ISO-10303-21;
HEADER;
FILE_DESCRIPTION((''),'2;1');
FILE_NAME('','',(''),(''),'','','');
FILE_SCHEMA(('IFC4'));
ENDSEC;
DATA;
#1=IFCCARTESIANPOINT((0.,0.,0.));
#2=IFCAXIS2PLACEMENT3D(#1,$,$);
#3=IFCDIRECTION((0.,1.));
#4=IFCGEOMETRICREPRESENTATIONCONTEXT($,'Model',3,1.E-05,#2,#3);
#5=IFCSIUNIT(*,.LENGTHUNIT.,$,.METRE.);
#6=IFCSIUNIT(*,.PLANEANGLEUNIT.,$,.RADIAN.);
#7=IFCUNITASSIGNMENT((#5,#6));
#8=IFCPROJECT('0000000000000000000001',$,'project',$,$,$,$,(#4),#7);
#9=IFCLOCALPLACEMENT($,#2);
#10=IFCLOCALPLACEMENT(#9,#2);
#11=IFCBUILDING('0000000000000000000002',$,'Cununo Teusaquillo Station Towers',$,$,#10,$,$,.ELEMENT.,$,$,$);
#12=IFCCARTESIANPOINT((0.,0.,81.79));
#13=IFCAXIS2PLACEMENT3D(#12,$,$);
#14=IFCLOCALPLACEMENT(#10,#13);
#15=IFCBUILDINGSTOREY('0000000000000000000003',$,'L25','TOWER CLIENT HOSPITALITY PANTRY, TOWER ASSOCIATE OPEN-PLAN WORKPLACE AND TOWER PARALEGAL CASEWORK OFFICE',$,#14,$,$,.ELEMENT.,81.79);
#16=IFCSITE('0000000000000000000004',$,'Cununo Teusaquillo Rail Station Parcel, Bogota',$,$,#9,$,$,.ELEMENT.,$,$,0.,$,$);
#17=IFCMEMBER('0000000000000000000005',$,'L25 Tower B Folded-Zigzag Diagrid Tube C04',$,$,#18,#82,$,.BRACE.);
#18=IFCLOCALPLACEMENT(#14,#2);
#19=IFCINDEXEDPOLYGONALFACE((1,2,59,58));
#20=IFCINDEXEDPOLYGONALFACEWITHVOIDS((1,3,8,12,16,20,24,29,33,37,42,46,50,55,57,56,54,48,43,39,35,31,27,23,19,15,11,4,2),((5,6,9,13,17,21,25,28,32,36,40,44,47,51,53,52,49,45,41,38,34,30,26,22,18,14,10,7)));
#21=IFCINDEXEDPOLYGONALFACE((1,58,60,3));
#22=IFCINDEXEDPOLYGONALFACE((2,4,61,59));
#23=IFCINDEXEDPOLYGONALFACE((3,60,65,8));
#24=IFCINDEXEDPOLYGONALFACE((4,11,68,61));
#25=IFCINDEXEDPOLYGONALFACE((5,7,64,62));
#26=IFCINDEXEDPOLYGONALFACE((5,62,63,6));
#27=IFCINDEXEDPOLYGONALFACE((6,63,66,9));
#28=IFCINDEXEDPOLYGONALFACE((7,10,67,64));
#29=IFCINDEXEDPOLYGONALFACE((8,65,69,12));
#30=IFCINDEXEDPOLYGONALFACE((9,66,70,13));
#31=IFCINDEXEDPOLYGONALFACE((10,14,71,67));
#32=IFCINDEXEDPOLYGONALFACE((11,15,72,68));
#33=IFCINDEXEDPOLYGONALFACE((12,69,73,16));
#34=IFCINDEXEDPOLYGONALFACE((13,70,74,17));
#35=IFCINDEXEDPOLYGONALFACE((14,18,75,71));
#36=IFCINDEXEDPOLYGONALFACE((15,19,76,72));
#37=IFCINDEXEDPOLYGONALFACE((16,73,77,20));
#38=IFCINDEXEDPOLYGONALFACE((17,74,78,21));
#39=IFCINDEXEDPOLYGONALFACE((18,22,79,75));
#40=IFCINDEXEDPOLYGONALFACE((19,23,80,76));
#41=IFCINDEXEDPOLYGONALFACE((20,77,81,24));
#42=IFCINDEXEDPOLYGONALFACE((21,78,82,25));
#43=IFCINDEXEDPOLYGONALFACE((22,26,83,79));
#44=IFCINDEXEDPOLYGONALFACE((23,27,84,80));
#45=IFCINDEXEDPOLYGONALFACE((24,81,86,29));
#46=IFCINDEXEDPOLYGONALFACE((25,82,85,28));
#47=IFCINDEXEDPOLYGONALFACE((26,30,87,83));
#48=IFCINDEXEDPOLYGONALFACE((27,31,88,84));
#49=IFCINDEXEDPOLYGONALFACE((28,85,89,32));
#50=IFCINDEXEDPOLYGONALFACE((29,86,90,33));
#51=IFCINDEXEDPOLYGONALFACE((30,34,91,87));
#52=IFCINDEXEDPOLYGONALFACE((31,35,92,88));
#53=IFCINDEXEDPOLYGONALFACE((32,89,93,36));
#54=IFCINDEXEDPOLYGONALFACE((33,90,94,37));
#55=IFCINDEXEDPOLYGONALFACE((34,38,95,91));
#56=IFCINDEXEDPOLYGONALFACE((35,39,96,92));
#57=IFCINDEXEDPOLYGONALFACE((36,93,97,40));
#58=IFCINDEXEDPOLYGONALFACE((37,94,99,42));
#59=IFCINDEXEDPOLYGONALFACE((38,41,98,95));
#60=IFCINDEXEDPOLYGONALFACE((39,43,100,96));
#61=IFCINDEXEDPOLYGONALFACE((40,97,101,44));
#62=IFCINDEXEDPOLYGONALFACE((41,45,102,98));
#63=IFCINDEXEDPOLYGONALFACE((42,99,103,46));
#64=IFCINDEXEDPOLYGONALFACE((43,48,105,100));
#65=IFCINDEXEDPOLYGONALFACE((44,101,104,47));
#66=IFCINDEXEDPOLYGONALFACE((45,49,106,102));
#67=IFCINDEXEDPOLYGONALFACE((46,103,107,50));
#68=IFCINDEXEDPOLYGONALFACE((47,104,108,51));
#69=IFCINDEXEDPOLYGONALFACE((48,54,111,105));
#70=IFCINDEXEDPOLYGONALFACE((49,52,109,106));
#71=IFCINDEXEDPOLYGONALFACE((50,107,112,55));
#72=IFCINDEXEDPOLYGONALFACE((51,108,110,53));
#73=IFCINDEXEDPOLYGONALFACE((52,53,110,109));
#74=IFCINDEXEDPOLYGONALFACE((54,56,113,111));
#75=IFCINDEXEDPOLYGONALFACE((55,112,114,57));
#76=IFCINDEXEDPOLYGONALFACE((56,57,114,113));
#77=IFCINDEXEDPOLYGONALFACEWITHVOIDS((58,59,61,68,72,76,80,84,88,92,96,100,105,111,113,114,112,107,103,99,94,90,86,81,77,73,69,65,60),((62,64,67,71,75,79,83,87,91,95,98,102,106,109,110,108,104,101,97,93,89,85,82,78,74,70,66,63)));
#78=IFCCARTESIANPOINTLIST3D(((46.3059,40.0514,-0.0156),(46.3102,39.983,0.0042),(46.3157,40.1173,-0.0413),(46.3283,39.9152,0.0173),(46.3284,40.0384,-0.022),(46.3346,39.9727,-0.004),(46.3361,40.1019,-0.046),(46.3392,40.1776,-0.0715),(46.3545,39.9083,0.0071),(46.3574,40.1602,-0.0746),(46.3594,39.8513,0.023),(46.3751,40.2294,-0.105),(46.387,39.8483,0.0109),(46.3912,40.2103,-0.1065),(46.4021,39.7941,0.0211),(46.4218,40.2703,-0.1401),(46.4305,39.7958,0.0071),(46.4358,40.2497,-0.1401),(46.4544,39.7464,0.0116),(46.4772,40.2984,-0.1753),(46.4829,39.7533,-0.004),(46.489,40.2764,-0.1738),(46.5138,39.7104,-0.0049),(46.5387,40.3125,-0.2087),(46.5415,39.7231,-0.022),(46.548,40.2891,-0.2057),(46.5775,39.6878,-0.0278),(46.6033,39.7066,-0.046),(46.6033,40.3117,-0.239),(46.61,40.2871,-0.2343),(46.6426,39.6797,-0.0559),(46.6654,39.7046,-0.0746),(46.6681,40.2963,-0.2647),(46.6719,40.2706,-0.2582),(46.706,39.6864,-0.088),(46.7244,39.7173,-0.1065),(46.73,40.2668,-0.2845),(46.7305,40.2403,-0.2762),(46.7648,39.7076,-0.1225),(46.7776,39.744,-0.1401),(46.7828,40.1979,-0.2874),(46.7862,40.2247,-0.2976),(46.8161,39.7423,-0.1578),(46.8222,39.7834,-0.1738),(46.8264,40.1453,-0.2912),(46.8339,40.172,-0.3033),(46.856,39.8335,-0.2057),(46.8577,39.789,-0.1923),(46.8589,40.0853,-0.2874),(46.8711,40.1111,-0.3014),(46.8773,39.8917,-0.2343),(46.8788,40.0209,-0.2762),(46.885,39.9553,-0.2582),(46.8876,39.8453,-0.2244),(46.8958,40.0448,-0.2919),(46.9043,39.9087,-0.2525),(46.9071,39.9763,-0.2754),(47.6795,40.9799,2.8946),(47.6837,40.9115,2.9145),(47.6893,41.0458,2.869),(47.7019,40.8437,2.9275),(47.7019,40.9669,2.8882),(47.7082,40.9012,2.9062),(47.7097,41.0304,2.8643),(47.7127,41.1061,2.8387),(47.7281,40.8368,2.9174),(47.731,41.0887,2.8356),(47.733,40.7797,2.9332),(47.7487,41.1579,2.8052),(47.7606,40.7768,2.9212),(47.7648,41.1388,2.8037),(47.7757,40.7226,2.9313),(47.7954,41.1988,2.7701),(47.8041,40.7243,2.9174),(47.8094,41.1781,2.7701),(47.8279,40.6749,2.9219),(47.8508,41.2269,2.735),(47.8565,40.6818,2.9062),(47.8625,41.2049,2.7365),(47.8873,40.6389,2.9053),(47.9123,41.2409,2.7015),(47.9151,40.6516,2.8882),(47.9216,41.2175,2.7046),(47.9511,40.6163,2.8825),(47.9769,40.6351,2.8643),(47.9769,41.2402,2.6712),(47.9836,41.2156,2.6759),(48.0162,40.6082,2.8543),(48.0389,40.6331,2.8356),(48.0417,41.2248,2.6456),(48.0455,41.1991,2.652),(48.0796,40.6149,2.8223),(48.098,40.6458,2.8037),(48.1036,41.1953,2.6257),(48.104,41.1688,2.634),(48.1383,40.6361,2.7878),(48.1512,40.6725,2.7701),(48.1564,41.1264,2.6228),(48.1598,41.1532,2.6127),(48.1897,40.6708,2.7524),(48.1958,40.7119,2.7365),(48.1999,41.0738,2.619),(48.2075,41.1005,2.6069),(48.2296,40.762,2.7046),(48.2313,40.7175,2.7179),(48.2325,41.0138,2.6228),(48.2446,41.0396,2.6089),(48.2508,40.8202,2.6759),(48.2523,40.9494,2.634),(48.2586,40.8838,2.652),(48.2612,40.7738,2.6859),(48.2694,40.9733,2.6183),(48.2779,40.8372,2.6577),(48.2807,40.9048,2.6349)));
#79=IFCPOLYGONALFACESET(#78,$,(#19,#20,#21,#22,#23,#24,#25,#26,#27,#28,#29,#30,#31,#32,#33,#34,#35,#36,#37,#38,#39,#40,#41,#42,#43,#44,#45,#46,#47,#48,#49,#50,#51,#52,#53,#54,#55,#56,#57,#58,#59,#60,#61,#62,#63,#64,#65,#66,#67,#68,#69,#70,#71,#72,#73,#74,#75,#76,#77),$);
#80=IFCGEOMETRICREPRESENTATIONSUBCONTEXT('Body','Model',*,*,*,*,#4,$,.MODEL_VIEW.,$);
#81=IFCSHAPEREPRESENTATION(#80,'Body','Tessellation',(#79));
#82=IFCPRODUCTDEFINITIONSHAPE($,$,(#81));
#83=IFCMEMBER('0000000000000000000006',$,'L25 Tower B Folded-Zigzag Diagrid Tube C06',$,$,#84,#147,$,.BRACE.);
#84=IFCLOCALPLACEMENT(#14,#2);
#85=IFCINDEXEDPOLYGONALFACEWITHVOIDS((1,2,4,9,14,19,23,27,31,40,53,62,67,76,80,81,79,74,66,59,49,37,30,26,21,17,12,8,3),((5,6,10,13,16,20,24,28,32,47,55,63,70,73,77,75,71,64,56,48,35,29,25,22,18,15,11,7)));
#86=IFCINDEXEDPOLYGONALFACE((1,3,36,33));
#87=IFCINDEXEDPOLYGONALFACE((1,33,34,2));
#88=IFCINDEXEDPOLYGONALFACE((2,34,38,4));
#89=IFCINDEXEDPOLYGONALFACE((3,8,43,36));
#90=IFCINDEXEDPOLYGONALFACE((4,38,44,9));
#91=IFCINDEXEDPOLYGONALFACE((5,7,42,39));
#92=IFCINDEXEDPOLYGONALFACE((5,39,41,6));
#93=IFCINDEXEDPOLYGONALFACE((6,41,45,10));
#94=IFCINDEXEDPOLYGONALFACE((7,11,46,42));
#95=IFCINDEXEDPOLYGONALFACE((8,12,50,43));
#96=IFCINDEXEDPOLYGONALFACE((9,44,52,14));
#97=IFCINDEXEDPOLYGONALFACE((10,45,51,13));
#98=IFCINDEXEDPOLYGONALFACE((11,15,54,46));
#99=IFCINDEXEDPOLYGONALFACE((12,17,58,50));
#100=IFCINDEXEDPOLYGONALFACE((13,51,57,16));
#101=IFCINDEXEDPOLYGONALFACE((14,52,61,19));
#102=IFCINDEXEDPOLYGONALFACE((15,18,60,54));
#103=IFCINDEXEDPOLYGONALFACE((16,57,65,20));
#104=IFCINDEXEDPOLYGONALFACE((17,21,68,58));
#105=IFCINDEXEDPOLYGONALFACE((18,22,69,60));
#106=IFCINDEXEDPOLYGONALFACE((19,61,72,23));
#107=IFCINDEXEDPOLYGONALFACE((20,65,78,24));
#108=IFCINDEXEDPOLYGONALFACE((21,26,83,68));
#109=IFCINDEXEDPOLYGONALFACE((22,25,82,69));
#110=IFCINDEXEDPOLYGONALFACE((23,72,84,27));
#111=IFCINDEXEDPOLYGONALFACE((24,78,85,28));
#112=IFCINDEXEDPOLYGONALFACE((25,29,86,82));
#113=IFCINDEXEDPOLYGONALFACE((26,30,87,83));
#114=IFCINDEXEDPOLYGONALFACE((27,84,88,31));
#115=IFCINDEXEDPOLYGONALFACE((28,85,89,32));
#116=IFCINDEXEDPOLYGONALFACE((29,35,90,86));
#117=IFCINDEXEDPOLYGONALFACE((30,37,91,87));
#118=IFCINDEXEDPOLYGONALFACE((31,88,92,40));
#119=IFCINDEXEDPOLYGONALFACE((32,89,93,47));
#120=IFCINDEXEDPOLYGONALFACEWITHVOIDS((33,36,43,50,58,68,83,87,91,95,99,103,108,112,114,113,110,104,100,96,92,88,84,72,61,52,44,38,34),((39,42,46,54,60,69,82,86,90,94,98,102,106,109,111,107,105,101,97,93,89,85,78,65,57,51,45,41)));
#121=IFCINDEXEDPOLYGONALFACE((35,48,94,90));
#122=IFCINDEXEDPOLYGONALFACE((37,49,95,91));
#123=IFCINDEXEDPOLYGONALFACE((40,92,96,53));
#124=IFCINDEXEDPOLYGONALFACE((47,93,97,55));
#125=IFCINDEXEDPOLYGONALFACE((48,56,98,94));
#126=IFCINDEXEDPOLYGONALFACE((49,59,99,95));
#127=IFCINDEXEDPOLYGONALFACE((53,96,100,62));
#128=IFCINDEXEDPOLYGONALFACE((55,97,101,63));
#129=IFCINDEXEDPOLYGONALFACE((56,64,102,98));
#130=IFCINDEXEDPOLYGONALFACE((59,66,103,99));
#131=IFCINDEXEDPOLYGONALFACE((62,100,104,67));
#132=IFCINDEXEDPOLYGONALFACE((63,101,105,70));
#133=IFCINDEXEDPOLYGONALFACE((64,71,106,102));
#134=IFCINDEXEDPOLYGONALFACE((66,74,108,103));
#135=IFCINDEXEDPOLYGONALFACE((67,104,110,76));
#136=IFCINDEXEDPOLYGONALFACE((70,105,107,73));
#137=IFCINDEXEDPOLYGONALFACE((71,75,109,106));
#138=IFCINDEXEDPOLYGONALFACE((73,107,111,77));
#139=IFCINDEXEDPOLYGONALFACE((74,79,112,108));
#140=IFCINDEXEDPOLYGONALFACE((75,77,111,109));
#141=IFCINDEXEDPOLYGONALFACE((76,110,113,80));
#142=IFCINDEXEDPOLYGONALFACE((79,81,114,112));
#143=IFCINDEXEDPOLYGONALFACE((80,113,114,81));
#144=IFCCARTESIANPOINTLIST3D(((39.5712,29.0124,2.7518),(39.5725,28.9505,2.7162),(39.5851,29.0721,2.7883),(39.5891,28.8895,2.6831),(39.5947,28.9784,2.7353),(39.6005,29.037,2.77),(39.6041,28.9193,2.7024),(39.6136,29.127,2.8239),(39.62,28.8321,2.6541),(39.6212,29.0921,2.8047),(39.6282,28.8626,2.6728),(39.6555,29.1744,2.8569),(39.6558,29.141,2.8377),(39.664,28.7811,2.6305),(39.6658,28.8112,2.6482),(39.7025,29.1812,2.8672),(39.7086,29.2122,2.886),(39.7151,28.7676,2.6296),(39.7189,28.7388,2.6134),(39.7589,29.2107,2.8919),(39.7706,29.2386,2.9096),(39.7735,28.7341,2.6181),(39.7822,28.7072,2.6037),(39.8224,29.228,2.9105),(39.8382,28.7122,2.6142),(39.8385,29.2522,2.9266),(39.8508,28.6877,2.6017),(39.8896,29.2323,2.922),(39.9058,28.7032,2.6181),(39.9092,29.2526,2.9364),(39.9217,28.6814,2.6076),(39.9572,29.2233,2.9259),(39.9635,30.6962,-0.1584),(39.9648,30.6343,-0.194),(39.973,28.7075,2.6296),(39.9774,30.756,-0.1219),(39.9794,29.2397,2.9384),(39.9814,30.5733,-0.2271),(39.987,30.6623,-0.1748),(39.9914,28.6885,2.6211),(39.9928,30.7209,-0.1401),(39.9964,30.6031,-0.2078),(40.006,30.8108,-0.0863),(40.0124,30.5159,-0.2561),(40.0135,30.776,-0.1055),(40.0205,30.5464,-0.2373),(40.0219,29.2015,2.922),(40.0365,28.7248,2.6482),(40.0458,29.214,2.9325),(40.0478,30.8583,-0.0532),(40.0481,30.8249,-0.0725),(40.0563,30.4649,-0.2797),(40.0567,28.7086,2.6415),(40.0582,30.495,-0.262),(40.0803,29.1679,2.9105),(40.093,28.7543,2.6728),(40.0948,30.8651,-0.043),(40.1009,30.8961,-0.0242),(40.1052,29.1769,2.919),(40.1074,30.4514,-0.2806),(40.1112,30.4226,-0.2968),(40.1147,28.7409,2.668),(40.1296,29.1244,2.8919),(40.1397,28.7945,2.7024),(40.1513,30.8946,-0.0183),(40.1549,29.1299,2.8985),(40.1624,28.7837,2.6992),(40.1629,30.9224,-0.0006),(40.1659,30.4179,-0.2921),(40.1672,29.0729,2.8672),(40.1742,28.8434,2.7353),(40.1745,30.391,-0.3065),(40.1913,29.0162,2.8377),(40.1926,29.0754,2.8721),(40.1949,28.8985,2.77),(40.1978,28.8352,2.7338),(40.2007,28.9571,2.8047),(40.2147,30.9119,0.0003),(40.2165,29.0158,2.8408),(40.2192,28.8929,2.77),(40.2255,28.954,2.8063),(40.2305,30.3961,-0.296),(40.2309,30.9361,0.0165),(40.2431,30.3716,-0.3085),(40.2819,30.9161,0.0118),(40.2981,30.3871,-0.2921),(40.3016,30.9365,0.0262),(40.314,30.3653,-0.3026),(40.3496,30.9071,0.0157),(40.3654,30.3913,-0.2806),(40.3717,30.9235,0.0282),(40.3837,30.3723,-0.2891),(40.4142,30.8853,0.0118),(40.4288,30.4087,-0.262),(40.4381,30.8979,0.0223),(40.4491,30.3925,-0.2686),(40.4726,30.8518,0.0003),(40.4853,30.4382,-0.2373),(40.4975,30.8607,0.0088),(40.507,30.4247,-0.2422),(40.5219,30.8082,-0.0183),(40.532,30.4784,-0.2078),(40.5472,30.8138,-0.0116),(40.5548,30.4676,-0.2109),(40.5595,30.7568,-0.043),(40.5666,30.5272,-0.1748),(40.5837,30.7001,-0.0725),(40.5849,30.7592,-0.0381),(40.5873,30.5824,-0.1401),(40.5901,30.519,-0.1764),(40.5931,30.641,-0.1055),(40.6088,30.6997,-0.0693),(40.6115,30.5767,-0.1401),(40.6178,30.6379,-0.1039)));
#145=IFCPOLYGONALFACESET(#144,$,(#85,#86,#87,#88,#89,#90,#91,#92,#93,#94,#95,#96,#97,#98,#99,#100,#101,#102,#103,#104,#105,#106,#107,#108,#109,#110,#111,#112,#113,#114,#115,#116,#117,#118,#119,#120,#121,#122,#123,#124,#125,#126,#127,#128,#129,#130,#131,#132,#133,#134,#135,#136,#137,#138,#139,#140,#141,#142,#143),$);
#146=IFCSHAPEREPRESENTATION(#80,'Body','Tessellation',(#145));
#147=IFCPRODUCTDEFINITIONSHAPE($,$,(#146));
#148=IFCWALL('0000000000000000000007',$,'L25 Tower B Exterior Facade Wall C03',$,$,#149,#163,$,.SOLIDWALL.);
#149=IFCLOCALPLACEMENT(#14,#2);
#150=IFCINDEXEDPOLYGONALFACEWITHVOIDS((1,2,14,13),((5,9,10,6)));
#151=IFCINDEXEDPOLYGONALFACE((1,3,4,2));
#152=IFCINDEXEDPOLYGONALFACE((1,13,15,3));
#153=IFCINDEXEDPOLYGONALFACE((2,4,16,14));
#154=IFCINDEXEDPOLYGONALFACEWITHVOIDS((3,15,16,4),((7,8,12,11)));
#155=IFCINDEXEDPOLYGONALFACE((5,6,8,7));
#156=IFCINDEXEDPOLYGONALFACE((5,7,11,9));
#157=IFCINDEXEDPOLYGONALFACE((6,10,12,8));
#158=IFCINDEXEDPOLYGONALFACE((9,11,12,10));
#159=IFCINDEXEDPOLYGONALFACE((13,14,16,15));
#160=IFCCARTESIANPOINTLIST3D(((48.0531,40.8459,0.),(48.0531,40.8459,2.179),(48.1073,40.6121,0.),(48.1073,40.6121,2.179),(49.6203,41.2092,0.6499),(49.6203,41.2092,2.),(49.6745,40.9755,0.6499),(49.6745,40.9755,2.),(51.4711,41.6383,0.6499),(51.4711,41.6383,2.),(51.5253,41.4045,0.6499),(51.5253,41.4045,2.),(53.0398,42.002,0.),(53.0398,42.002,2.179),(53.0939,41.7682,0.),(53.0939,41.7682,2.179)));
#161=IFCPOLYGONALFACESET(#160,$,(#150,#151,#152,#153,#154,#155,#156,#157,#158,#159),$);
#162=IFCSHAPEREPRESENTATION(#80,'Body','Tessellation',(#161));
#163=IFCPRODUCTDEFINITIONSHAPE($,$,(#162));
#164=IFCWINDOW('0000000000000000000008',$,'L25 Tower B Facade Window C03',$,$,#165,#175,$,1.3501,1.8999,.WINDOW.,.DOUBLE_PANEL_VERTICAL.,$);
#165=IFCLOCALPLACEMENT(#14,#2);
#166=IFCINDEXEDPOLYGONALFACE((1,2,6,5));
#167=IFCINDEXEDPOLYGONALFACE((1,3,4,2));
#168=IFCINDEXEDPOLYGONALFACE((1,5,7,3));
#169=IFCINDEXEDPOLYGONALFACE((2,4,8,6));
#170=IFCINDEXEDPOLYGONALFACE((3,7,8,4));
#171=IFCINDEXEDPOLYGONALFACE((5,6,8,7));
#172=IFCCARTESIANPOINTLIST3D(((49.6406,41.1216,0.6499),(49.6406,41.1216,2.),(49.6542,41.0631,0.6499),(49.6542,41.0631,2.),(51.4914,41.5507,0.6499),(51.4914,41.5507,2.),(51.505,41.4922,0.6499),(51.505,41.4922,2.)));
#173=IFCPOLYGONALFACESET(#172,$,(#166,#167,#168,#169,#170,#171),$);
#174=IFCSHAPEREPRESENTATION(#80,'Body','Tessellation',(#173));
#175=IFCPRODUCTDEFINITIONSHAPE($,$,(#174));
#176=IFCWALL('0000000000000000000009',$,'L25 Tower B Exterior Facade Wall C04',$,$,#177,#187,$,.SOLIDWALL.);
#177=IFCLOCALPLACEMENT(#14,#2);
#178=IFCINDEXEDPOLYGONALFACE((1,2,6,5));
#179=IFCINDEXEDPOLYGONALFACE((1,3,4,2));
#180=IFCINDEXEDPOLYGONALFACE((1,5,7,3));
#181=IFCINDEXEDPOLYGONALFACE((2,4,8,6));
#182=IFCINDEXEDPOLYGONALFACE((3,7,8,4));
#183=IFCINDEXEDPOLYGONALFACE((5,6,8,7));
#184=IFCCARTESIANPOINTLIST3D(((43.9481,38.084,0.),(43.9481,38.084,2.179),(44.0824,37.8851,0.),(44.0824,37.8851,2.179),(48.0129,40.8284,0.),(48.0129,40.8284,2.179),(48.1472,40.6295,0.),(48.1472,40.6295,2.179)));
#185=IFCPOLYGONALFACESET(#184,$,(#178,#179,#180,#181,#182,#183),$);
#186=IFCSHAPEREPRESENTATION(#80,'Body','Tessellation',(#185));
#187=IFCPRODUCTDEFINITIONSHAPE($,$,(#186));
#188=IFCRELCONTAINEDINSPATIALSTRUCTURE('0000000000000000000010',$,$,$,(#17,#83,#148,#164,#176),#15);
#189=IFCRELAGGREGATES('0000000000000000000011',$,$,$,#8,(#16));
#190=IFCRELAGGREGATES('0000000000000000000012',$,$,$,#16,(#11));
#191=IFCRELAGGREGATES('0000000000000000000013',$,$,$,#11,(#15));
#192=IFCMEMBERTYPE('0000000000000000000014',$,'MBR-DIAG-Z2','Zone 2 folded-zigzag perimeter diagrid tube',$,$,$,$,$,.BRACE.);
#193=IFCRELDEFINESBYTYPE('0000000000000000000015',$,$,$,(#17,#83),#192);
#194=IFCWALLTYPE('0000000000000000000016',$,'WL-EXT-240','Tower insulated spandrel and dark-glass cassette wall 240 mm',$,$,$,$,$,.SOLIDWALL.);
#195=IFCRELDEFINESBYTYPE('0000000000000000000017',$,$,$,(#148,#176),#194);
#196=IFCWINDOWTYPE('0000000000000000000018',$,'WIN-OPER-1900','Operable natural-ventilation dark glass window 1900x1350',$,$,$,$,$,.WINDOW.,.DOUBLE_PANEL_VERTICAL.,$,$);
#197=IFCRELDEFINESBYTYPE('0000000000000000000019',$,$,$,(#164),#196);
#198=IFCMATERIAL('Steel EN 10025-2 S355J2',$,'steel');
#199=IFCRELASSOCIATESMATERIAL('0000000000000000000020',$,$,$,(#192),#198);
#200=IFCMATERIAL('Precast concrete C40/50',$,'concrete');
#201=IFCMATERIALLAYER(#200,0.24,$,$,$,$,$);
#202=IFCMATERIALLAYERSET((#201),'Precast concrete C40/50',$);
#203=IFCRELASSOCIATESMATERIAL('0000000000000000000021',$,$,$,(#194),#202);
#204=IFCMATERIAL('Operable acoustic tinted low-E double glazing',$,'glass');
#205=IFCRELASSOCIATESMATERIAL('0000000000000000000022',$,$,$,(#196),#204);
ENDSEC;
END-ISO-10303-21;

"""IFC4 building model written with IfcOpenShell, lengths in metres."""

from ifc_helpers import new_model, si_unit, direction, frame, frame_2d, origin, origin_2d, place, context, subcontext, project, spatial, rectangle, hollow_circle, extrude, source, transform, mapped, material, layer, layer_set, material_profile, profile_set, type_object, element, fill, save


model = new_model("IFC4")

# Units and contexts
model_context = context("Model", 3, precision=1e-05, world=origin(), true_north=direction((0.0, 1.0)))
body_context = subcontext(model_context, "Body", "Model", "MODEL_VIEW")
ifc_project = project(units=[si_unit("LENGTHUNIT", "METRE"), si_unit("PLANEANGLEUNIT", "RADIAN")], contexts=[model_context])

# Site, building, storey
site_placement = place(None, origin())
site = spatial("IfcSite", under=ifc_project, at=site_placement, Name="Cununo Teusaquillo Rail Station Parcel, Bogota", CompositionType="ELEMENT", RefElevation=0.0)
building_placement = place(site_placement, origin())
building = spatial("IfcBuilding", under=site, at=building_placement, Name="Cununo Teusaquillo Station Towers", CompositionType="ELEMENT")
storey_placement = place(building_placement, frame((0.0, 0.0, 81.79)))
storey = spatial("IfcBuildingStorey", under=building, at=storey_placement, Name="L25", Description="TOWER CLIENT HOSPITALITY PANTRY, TOWER ASSOCIATE OPEN-PLAN WORKPLACE AND TOWER PARALEGAL CASEWORK OFFICE", CompositionType="ELEMENT", Elevation=81.79)

# Members
ifc_material_1 = material(Name="Steel EN 10025-2 S355J2", Category="steel")
ifc_material_profile_1 = material_profile(ifc_material_1, hollow_circle(Radius=0.3301, WallThickness=0.0249, at=origin_2d()), Name="CHS 660x25")
ifc_profile_set_1 = profile_set([ifc_material_profile_1], Name="Steel EN 10025-2 S355J2")
member_type = type_object("IfcMemberType", Name="MBR-DIAG-Z2", Description="Zone 2 folded-zigzag perimeter diagrid tube", PredefinedType="BRACE", material=ifc_profile_set_1)
member_1_placement = place(storey_placement, frame((46.6067, 39.9968, -0.1401), z_axis=(0.410099, 0.277214, 0.868891), x_axis=(-0.560024, 0.828476, 0.0)))
element("IfcMember", 1, at=member_1_placement, inside=storey, type_object=member_type, Name="L25 Tower B Folded-Zigzag Diagrid Tube C04", PredefinedType="BRACE", context=body_context, shape_type="SweptSolid", body=[
    extrude(hollow_circle(Radius=0.3301, WallThickness=0.0249, at=origin_2d()), origin(), (0.0, 0.0, 1.0), 3.3494),
])
member_2_placement = place(storey_placement, frame((40.29, 30.6516, -0.1401), z_axis=(-0.115904, -0.497441, 0.85972), x_axis=(0.973913, -0.226922, 0.0)))
element("IfcMember", 2, at=member_2_placement, inside=storey, type_object=member_type, Name="L25 Tower B Folded-Zigzag Diagrid Tube C06", PredefinedType="BRACE", context=body_context, shape_type="SweptSolid", body=[
    extrude(hollow_circle(Radius=0.3301, WallThickness=0.0249, at=origin_2d()), origin(), (0.0, 0.0, 1.0), 3.385),
])

# Wall, opening, window
ifc_material_2 = material(Name="Precast concrete C40/50", Category="concrete")
ifc_layer_1 = layer(ifc_material_2, 0.24)
ifc_layer_set_1 = layer_set([ifc_layer_1], Name="Precast concrete C40/50")
wall_type_1 = type_object("IfcWallType", Name="WL-EXT-240", Description="Tower insulated spandrel and dark-glass cassette wall 240 mm", PredefinedType="SOLIDWALL", material=ifc_layer_set_1)
wall_1_placement = place(storey_placement, frame((48.0801, 40.729, 0.0), z_axis=(0.0, 0.0, 1.0), x_axis=(0.974166, 0.225835, 0.0)))
wall_1 = element("IfcWall", 3, at=wall_1_placement, inside=storey, type_object=wall_type_1, Name="L25 Tower B Exterior Facade Wall C03", PredefinedType="SOLIDWALL", context=body_context, shape_type="SweptSolid", body=[
    extrude(rectangle(XDim=5.1189, YDim=0.24, at=frame_2d((2.5596, 0.0))), origin(), (0.0, 0.0, 1.0), 2.179),
])
shared_shape_1 = source(origin(), body_context, "Body", "SweptSolid", [
    extrude(rectangle(XDim=1.8999, YDim=1.3501, at=frame_2d((0.95, 0.675))), frame((0.0, 0.1299, 0.0), z_axis=(0.0, -1.0, 0.0), x_axis=(1.0, 0.0, 0.0)), (0.0, 0.0, 1.0), 0.26),
])
opening_1_placement = place(wall_1_placement, frame((1.6089, 0.0, 0.6499)))
opening_1 = element("IfcOpeningElement", 4, at=opening_1_placement, cuts=wall_1, PredefinedType="OPENING", context=body_context, shape_type="MappedRepresentation", body=[
    mapped(shared_shape_1, transform((0.0, 0.0, 0.0), x_axis=(1.0, 0.0, 0.0), y_axis=(0.0, 1.0, 0.0), z_axis=(0.0, 0.0, 1.0), scale=1.0)),
])
ifc_material_3 = material(Name="Operable acoustic tinted low-E double glazing", Category="glass")
window_type_1 = type_object("IfcWindowType", Name="WIN-OPER-1900", Description="Operable natural-ventilation dark glass window 1900x1350", PartitioningType="DOUBLE_PANEL_VERTICAL", PredefinedType="WINDOW", material=ifc_material_3)
shared_shape_2 = source(origin(), body_context, "Body", "SweptSolid", [
    extrude(rectangle(XDim=1.8999, YDim=1.3501, at=frame_2d((0.95, 0.675))), frame((0.0, 0.03, 0.0), z_axis=(0.0, -1.0, 0.0), x_axis=(1.0, 0.0, 0.0)), (0.0, 0.0, 1.0), 0.0601),
])
window_1_placement = place(opening_1_placement, origin())
window_1 = element("IfcWindow", 5, at=window_1_placement, inside=storey, type_object=window_type_1, Name="L25 Tower B Facade Window C03", OverallHeight=1.3501, OverallWidth=1.8999, PartitioningType="DOUBLE_PANEL_VERTICAL", PredefinedType="WINDOW", context=body_context, shape_type="MappedRepresentation", body=[
    mapped(shared_shape_2, transform((0.0, 0.0, 0.0), x_axis=(1.0, 0.0, 0.0), y_axis=(0.0, 1.0, 0.0), z_axis=(0.0, 0.0, 1.0), scale=1.0)),
])
fill(opening_1, window_1)

# Wall
wall_2_placement = place(storey_placement, frame((44.0154, 37.9846, 0.0), z_axis=(0.0, 0.0, 1.0), x_axis=(0.828781, 0.559573, 0.0)))
element("IfcWall", 6, at=wall_2_placement, inside=storey, type_object=wall_type_1, Name="L25 Tower B Exterior Facade Wall C04", PredefinedType="SOLIDWALL", context=body_context, shape_type="SweptSolid", body=[
    extrude(rectangle(XDim=4.9045, YDim=0.24, at=frame_2d((2.4521, 0.0))), origin(), (0.0, 0.0, 1.0), 2.179),
])

save(model, "model.ifc")
